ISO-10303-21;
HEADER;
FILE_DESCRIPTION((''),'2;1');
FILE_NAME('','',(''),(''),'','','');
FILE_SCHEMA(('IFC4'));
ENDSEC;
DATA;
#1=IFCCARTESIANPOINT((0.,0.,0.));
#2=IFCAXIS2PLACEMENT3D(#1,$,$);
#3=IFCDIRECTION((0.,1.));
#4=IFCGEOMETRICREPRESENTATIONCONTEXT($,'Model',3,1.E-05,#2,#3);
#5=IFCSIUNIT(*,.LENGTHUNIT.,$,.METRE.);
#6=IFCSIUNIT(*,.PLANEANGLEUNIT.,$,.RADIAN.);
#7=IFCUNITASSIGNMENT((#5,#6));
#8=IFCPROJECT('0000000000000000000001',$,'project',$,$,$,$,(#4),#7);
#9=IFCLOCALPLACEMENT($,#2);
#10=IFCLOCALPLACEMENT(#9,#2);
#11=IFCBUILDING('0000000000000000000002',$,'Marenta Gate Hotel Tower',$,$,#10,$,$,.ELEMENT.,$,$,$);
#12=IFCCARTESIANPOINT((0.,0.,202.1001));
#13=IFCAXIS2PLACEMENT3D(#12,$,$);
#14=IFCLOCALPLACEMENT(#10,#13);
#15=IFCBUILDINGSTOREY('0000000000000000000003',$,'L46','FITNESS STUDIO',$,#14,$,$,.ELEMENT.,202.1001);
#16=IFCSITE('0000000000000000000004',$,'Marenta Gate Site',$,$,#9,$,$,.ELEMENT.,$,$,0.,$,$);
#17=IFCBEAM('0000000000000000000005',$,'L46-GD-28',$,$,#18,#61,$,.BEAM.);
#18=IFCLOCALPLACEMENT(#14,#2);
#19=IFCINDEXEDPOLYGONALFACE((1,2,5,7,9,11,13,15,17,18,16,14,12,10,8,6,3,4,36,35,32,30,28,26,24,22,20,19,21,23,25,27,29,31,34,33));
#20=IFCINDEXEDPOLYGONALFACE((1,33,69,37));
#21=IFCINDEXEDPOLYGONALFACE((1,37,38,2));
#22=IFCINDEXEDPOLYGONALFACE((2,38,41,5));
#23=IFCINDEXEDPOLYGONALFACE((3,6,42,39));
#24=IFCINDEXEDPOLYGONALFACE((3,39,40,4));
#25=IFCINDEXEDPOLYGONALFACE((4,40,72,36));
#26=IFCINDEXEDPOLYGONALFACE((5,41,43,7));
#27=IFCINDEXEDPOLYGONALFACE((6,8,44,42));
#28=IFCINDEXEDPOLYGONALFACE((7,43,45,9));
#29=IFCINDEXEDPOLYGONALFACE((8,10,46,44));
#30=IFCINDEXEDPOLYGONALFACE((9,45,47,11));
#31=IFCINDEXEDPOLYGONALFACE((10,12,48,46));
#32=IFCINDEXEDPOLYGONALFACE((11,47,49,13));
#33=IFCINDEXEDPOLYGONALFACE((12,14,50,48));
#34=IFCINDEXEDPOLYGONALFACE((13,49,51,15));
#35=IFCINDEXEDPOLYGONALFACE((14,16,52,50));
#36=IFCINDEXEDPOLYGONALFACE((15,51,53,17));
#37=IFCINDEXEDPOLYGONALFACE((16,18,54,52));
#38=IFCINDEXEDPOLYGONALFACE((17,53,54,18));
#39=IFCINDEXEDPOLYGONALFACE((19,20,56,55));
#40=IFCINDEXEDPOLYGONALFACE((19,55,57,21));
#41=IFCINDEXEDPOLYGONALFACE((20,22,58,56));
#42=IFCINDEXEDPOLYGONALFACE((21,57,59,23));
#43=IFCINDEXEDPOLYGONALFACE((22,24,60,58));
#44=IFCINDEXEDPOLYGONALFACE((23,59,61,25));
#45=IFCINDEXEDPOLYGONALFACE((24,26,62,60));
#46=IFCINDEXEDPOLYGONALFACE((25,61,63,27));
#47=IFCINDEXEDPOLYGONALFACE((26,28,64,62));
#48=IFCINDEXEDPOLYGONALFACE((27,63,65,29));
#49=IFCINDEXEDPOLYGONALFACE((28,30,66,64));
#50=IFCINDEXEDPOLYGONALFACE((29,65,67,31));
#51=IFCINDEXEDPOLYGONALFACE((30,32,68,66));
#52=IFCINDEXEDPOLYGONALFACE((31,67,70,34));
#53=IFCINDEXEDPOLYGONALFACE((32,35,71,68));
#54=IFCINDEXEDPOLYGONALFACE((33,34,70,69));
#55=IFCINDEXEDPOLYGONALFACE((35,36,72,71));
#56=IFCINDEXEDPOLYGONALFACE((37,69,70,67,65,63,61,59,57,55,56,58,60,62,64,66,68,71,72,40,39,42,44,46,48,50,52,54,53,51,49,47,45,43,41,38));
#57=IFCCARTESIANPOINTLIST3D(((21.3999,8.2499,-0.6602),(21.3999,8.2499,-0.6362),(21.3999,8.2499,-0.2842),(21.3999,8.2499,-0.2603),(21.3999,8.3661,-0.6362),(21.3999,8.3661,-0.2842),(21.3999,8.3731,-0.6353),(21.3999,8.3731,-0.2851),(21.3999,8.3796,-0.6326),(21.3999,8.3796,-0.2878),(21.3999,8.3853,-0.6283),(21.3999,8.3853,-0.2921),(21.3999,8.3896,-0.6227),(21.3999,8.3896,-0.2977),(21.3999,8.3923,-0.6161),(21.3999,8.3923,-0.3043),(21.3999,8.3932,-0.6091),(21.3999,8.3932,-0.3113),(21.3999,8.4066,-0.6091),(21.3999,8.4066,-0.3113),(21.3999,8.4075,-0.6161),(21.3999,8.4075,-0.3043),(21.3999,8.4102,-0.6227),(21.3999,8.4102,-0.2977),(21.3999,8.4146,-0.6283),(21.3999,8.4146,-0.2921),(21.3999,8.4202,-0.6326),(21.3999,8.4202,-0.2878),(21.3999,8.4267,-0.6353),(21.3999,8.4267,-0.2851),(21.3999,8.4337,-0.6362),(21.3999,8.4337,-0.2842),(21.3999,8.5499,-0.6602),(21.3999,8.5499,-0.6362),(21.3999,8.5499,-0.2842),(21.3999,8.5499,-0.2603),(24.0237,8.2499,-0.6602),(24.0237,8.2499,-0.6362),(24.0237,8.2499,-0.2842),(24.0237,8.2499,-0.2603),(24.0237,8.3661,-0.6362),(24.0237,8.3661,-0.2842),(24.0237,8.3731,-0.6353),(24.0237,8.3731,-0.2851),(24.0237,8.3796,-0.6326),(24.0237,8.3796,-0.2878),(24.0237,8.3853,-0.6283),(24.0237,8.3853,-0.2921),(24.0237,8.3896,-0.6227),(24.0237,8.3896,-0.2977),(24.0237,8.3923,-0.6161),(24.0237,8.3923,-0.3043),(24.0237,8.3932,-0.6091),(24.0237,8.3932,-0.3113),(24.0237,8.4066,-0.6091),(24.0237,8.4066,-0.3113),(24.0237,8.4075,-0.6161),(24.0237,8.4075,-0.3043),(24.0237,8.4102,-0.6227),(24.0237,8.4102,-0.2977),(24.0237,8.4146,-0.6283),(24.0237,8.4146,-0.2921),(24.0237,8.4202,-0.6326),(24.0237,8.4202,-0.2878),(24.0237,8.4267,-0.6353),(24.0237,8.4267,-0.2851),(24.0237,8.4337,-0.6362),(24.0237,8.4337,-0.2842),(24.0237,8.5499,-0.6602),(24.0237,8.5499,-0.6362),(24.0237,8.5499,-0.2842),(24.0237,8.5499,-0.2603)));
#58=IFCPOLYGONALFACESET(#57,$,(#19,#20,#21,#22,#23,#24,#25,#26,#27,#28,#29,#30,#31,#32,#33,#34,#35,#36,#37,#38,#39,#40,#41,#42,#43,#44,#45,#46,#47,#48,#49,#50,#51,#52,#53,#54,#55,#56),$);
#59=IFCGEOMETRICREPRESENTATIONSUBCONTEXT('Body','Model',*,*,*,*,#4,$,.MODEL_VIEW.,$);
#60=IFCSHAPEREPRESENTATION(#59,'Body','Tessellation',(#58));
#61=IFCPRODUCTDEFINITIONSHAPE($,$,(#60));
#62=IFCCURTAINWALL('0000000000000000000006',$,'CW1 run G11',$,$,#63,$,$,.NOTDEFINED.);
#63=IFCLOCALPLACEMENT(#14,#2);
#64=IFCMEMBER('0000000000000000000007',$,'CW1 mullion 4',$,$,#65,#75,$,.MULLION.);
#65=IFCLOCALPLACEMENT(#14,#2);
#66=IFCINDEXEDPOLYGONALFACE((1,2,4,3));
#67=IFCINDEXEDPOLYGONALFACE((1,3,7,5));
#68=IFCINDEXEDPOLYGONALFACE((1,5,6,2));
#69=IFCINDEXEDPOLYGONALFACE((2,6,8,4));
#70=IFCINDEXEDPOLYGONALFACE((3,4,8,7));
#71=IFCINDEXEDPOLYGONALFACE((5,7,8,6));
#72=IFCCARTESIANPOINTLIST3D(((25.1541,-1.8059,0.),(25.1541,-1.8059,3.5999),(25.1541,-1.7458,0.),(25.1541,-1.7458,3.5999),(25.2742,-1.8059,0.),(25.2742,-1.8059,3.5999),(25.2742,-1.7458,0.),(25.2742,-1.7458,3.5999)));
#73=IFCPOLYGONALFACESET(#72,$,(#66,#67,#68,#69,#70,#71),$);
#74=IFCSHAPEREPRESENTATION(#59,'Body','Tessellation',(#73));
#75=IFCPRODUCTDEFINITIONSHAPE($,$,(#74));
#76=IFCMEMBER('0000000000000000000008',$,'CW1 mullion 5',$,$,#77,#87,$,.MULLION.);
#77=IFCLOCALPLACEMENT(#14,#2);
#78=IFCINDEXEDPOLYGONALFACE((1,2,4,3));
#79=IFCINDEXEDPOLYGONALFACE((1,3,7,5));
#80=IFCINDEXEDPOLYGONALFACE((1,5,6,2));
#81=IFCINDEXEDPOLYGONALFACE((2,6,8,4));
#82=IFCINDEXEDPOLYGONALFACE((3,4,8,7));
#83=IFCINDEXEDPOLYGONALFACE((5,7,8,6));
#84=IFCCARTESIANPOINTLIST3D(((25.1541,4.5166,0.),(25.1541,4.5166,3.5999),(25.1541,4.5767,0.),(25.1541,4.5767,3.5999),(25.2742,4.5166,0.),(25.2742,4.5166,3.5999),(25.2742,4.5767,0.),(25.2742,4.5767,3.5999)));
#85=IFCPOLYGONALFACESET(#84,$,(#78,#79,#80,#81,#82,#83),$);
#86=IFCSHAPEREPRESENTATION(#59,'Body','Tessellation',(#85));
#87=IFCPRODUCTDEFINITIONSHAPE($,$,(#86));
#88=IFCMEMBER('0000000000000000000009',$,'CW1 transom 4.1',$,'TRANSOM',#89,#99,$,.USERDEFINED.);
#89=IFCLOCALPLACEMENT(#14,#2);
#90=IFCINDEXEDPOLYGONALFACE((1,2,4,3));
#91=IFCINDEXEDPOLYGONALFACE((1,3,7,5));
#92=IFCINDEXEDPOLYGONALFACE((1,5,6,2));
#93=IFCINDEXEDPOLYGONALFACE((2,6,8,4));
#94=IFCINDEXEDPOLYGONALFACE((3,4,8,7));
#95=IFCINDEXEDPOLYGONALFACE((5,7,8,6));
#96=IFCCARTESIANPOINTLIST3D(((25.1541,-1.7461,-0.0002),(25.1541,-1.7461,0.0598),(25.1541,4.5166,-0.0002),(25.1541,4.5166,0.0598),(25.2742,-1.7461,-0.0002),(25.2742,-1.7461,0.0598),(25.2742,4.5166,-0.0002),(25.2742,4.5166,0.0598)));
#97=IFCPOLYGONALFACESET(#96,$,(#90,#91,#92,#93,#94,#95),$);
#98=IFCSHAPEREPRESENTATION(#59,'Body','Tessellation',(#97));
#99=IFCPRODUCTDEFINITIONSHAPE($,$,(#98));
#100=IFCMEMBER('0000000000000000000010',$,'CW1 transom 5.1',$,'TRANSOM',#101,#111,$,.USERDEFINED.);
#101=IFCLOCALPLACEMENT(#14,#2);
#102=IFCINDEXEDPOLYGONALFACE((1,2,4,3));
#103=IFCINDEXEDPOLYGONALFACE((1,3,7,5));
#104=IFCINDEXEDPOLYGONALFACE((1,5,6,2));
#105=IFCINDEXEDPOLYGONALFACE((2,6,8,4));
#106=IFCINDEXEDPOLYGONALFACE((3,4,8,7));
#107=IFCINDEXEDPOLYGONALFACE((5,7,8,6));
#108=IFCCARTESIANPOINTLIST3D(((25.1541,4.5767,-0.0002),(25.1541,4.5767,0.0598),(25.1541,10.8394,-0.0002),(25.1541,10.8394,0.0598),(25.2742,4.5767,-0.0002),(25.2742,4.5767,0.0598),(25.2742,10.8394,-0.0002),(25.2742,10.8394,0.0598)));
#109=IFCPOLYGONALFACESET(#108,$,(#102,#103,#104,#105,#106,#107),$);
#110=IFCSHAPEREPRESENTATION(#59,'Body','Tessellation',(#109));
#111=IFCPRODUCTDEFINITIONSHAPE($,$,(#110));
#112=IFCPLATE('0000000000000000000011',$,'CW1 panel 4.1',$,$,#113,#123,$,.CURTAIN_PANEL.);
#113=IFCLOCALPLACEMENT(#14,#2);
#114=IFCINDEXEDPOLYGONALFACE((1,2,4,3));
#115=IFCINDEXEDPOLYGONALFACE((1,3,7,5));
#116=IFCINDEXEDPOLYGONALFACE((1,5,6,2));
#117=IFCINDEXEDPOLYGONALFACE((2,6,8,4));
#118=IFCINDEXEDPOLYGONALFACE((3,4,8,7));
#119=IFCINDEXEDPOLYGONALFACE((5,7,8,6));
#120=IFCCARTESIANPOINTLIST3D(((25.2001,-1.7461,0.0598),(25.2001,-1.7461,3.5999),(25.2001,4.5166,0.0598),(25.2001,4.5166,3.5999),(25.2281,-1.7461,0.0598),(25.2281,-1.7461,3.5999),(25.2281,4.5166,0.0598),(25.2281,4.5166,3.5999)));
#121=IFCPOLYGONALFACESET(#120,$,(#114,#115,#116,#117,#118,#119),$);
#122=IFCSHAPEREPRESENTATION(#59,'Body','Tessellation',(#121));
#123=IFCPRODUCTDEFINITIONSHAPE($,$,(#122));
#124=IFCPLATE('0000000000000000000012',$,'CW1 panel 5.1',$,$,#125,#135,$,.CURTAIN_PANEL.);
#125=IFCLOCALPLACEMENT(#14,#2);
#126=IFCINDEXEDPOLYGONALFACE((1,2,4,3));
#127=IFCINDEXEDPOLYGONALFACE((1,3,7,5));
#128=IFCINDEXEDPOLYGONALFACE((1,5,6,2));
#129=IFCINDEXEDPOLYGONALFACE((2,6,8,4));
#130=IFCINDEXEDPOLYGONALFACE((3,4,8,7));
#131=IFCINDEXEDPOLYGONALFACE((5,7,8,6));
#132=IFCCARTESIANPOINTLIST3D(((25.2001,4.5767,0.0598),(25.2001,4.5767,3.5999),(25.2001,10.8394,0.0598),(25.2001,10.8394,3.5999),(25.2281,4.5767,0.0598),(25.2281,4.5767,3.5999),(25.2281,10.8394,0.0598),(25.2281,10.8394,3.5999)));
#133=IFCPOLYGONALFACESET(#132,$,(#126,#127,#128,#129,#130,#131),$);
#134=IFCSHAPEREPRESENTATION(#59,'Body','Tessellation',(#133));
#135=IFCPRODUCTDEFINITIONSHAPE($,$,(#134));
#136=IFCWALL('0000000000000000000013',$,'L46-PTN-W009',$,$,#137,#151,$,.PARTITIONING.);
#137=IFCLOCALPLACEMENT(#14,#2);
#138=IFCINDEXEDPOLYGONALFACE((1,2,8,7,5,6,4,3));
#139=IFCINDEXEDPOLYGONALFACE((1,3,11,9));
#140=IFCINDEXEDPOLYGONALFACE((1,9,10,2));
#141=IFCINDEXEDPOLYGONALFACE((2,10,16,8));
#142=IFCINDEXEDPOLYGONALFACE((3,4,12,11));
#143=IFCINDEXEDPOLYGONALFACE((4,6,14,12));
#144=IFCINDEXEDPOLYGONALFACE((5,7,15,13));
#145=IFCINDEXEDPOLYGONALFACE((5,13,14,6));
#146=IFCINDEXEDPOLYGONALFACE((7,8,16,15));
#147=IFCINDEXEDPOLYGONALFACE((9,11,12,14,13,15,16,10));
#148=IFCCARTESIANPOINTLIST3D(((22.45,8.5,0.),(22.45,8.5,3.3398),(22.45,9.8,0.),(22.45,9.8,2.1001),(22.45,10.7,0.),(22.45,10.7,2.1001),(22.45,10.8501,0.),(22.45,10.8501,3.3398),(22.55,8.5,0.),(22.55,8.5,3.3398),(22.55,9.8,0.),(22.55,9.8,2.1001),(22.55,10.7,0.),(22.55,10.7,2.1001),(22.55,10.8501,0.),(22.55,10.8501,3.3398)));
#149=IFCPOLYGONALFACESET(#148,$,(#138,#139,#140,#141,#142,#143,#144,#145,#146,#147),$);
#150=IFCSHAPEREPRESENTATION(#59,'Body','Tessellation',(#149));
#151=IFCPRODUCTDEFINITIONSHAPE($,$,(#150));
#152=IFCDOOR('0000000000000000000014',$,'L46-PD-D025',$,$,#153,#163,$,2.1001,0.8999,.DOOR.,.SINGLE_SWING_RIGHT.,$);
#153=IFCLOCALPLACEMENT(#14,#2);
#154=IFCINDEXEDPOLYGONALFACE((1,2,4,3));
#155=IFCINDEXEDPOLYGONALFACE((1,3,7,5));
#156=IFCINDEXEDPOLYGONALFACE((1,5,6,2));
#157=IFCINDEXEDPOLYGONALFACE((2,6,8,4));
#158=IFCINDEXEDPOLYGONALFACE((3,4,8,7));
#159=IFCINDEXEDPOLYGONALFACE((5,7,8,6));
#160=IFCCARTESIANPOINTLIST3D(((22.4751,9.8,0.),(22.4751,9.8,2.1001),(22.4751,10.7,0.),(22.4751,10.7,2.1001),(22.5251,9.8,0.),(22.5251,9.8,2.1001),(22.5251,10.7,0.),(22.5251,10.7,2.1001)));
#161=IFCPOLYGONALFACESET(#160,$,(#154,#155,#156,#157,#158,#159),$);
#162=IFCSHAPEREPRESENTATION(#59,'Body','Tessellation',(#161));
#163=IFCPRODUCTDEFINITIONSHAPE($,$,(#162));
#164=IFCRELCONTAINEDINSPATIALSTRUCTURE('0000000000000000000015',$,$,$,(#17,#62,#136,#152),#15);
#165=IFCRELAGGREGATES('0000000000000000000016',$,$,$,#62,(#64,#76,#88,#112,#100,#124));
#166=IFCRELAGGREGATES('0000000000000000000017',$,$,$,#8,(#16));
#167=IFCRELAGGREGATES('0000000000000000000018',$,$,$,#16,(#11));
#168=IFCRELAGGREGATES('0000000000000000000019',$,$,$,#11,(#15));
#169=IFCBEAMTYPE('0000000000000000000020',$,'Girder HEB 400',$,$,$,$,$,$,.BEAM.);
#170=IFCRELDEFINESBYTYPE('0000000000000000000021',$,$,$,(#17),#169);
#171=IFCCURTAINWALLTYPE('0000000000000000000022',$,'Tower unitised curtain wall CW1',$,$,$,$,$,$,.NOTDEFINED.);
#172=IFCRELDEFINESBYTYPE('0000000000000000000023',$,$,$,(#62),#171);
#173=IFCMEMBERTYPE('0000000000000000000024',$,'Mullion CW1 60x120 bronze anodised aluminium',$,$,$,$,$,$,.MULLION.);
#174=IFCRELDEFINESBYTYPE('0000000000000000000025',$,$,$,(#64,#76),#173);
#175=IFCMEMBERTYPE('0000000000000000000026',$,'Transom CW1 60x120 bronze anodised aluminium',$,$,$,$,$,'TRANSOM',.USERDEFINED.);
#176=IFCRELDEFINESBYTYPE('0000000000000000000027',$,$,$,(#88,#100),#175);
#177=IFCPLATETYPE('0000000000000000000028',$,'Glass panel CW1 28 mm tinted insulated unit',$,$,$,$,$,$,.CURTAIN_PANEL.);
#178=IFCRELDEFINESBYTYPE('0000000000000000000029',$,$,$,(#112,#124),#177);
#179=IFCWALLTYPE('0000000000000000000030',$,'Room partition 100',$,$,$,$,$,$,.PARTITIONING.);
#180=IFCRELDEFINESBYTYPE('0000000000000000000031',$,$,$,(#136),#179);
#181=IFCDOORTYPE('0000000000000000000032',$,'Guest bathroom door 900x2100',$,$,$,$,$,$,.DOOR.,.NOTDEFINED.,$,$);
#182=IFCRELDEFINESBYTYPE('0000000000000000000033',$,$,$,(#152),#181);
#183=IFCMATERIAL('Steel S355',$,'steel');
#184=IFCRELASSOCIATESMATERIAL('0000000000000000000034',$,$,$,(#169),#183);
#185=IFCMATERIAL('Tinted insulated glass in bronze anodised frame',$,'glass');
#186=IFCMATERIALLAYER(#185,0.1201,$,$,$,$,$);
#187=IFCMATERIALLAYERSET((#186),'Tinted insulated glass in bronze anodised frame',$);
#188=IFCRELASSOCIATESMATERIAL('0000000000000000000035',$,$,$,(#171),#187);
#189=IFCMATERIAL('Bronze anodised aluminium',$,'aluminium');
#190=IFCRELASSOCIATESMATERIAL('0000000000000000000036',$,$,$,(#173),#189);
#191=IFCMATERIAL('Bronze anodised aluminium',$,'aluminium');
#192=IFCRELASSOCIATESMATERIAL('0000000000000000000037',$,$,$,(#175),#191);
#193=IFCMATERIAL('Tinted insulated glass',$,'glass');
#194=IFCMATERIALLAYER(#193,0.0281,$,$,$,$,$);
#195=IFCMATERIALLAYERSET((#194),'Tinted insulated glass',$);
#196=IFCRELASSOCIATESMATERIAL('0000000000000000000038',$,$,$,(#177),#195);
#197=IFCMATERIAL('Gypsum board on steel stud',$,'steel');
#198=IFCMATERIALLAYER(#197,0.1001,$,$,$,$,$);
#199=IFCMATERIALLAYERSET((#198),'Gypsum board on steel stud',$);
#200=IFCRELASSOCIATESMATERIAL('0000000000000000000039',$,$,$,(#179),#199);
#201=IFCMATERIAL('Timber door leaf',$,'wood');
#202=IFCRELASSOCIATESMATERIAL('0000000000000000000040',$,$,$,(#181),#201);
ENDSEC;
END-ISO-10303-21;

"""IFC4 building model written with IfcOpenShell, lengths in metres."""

from ifc_helpers import new_model, si_unit, direction, frame, frame_2d, origin, origin_2d, place, context, subcontext, project, spatial, rectangle, i_section, extrude, material, layer, layer_set, material_profile, profile_set, type_object, element, fill, aggregate, save


model = new_model("IFC4")

# Units and contexts
model_context = context("Model", 3, precision=1e-05, world=origin(), true_north=direction((0.0, 1.0)))
body_context = subcontext(model_context, "Body", "Model", "MODEL_VIEW")
ifc_project = project(units=[si_unit("LENGTHUNIT", "METRE"), si_unit("PLANEANGLEUNIT", "RADIAN")], contexts=[model_context])

# Site, building, storey
site_placement = place(None, origin())
site = spatial("IfcSite", under=ifc_project, at=site_placement, Name="Marenta Gate Site", CompositionType="ELEMENT", RefElevation=0.0)
building_placement = place(site_placement, origin())
building = spatial("IfcBuilding", under=site, at=building_placement, Name="Marenta Gate Hotel Tower", CompositionType="ELEMENT")
storey_placement = place(building_placement, frame((0.0, 0.0, 202.1001)))
storey = spatial("IfcBuildingStorey", under=building, at=storey_placement, Name="L46", Description="FITNESS STUDIO", CompositionType="ELEMENT", Elevation=202.1001)

# Beam
ifc_material_1 = material(Name="Steel S355", Category="steel")
ifc_material_profile_1 = material_profile(ifc_material_1, i_section(OverallWidth=0.3, OverallDepth=0.3999, WebThickness=0.0134, FlangeThickness=0.0239, FilletRadius=0.0271, at=origin_2d()), Name="HEB 400")
ifc_profile_set_1 = profile_set([ifc_material_profile_1], Name="Steel S355")
beam_type_1 = type_object("IfcBeamType", Name="Girder HEB 400", PredefinedType="BEAM", material=ifc_profile_set_1)
beam_1_placement = place(storey_placement, frame((21.3999, 8.3999, -0.4602), z_axis=(1.0, 0.0, 0.0), x_axis=(0.0, 1.0, 0.0)))
element("IfcBeam", 1, at=beam_1_placement, inside=storey, type_object=beam_type_1, Name="L46-GD-28", PredefinedType="BEAM", context=body_context, shape_type="SweptSolid", body=[
    extrude(i_section(OverallWidth=0.3, OverallDepth=0.3999, WebThickness=0.0134, FlangeThickness=0.0239, FilletRadius=0.0271, at=origin_2d()), origin(), (0.0, 0.0, 1.0), 2.6238),
])

# Curtain wall, members, plates
ifc_material_2 = material(Name="Tinted insulated glass in bronze anodised frame", Category="glass")
ifc_layer_1 = layer(ifc_material_2, 0.1201)
ifc_layer_set_1 = layer_set([ifc_layer_1], Name="Tinted insulated glass in bronze anodised frame")
curtain_wall_type = type_object("IfcCurtainWallType", Name="Tower unitised curtain wall CW1", PredefinedType="NOTDEFINED", material=ifc_layer_set_1)
curtain_wall_placement = place(storey_placement, origin())
curtain_wall = element("IfcCurtainWall", 2, at=curtain_wall_placement, inside=storey, type_object=curtain_wall_type, Name="CW1 run G11", PredefinedType="NOTDEFINED")
ifc_material_3 = material(Name="Bronze anodised aluminium", Category="aluminium")
ifc_material_profile_2 = material_profile(ifc_material_3, rectangle(XDim=0.1201, YDim=0.0601, at=origin_2d()), Name="Mullion CW1 60x120 bronze anodised aluminium")
ifc_profile_set_2 = profile_set([ifc_material_profile_2], Name="Bronze anodised aluminium")
member_type_1 = type_object("IfcMemberType", Name="Mullion CW1 60x120 bronze anodised aluminium", PredefinedType="MULLION", material=ifc_profile_set_2)
member_1_placement = place(storey_placement, frame((25.2141, -1.7759, 0.0), z_axis=(0.0, 0.0, 1.0), x_axis=(-1.0, 0.0, 0.0)))
member_1 = element("IfcMember", 3, at=member_1_placement, type_object=member_type_1, Name="CW1 mullion 4", PredefinedType="MULLION", context=body_context, shape_type="SweptSolid", body=[
    extrude(rectangle(XDim=0.1201, YDim=0.0601, at=origin_2d()), origin(), (0.0, 0.0, 1.0), 3.5999),
])
member_2_placement = place(storey_placement, frame((25.2141, 4.5466, 0.0), z_axis=(0.0, 0.0, 1.0), x_axis=(-1.0, 0.0, 0.0)))
member_2 = element("IfcMember", 4, at=member_2_placement, type_object=member_type_1, Name="CW1 mullion 5", PredefinedType="MULLION", context=body_context, shape_type="SweptSolid", body=[
    extrude(rectangle(XDim=0.1201, YDim=0.0601, at=origin_2d()), origin(), (0.0, 0.0, 1.0), 3.5999),
])
ifc_material_4 = material(Name="Bronze anodised aluminium", Category="aluminium")
ifc_material_profile_3 = material_profile(ifc_material_4, rectangle(XDim=0.1201, YDim=0.0601, at=origin_2d()), Name="Transom CW1 60x120 bronze anodised aluminium")
ifc_profile_set_3 = profile_set([ifc_material_profile_3], Name="Bronze anodised aluminium")
member_type_2 = type_object("IfcMemberType", Name="Transom CW1 60x120 bronze anodised aluminium", ElementType="TRANSOM", PredefinedType="USERDEFINED", material=ifc_profile_set_3)
member_3_placement = place(storey_placement, frame((25.2141, -1.7461, 0.0298), z_axis=(0.0, 1.0, 0.0), x_axis=(-1.0, 0.0, 0.0)))
member_3 = element("IfcMember", 5, at=member_3_placement, type_object=member_type_2, Name="CW1 transom 4.1", ObjectType="TRANSOM", PredefinedType="USERDEFINED", context=body_context, shape_type="SweptSolid", body=[
    extrude(rectangle(XDim=0.1201, YDim=0.0601, at=origin_2d()), origin(), (0.0, 0.0, 1.0), 6.2627),
])
member_4_placement = place(storey_placement, frame((25.2141, 4.5767, 0.0298), z_axis=(0.0, 1.0, 0.0), x_axis=(-1.0, 0.0, 0.0)))
member_4 = element("IfcMember", 6, at=member_4_placement, type_object=member_type_2, Name="CW1 transom 5.1", ObjectType="TRANSOM", PredefinedType="USERDEFINED", context=body_context, shape_type="SweptSolid", body=[
    extrude(rectangle(XDim=0.1201, YDim=0.0601, at=origin_2d()), origin(), (0.0, 0.0, 1.0), 6.2627),
])
ifc_material_5 = material(Name="Tinted insulated glass", Category="glass")
ifc_layer_2 = layer(ifc_material_5, 0.0281)
ifc_layer_set_2 = layer_set([ifc_layer_2], Name="Tinted insulated glass")
plate_type = type_object("IfcPlateType", Name="Glass panel CW1 28 mm tinted insulated unit", PredefinedType="CURTAIN_PANEL", material=ifc_layer_set_2)
plate_1_placement = place(storey_placement, frame((25.2141, 1.3853, 0.0598), z_axis=(0.0, 0.0, 1.0), x_axis=(0.0, 1.0, 0.0)))
plate_1 = element("IfcPlate", 7, at=plate_1_placement, type_object=plate_type, Name="CW1 panel 4.1", PredefinedType="CURTAIN_PANEL", context=body_context, shape_type="SweptSolid", body=[
    extrude(rectangle(XDim=6.2627, YDim=0.0281, at=origin_2d()), origin(), (0.0, 0.0, 1.0), 3.54),
])
plate_2_placement = place(storey_placement, frame((25.2141, 7.708, 0.0598), z_axis=(0.0, 0.0, 1.0), x_axis=(0.0, 1.0, 0.0)))
plate_2 = element("IfcPlate", 8, at=plate_2_placement, type_object=plate_type, Name="CW1 panel 5.1", PredefinedType="CURTAIN_PANEL", context=body_context, shape_type="SweptSolid", body=[
    extrude(rectangle(XDim=6.2627, YDim=0.0281, at=origin_2d()), origin(), (0.0, 0.0, 1.0), 3.54),
])
aggregate(curtain_wall, [member_1, member_2, member_3, plate_1, member_4, plate_2])

# Wall, opening, door
ifc_material_6 = material(Name="Gypsum board on steel stud", Category="steel")
ifc_layer_3 = layer(ifc_material_6, 0.1001)
ifc_layer_set_3 = layer_set([ifc_layer_3], Name="Gypsum board on steel stud")
wall_type = type_object("IfcWallType", Name="Room partition 100", PredefinedType="PARTITIONING", material=ifc_layer_set_3)
wall_placement = place(storey_placement, frame((22.5, 8.5, 0.0), z_axis=(0.0, 0.0, 1.0), x_axis=(0.0, 1.0, 0.0)))
wall = element("IfcWall", 9, at=wall_placement, inside=storey, type_object=wall_type, Name="L46-PTN-W009", PredefinedType="PARTITIONING", context=body_context, shape_type="SweptSolid", body=[
    extrude(rectangle(XDim=2.3501, YDim=0.1001, at=frame_2d((1.175, 0.0))), origin(), (0.0, 0.0, 1.0), 3.3398),
])
opening_placement = place(wall_placement, frame((1.3, 0.0, 0.0)))
opening = element("IfcOpeningElement", 10, at=opening_placement, cuts=wall, PredefinedType="OPENING", context=body_context, shape_type="SweptSolid", body=[
    extrude(rectangle(XDim=0.8999, YDim=2.1001, at=frame_2d((0.45, 1.05))), frame((0.0, 0.05, 0.0), z_axis=(0.0, -1.0, 0.0), x_axis=(1.0, 0.0, 0.0)), (0.0, 0.0, 1.0), 0.1001),
])
ifc_material_7 = material(Name="Timber door leaf", Category="wood")
door_type = type_object("IfcDoorType", Name="Guest bathroom door 900x2100", OperationType="NOTDEFINED", PredefinedType="DOOR", material=ifc_material_7)
door_placement = place(opening_placement, origin())
door = element("IfcDoor", 11, at=door_placement, inside=storey, type_object=door_type, Name="L46-PD-D025", OperationType="SINGLE_SWING_RIGHT", OverallHeight=2.1001, OverallWidth=0.8999, PredefinedType="DOOR", context=body_context, shape_type="SweptSolid", body=[
    extrude(rectangle(XDim=0.8999, YDim=2.1001, at=frame_2d((0.45, 1.05))), frame((0.0, 0.0249, 0.0), z_axis=(0.0, -1.0, 0.0), x_axis=(1.0, 0.0, 0.0)), (0.0, 0.0, 1.0), 0.05),
])
fill(opening, door)

save(model, "model.ifc")
